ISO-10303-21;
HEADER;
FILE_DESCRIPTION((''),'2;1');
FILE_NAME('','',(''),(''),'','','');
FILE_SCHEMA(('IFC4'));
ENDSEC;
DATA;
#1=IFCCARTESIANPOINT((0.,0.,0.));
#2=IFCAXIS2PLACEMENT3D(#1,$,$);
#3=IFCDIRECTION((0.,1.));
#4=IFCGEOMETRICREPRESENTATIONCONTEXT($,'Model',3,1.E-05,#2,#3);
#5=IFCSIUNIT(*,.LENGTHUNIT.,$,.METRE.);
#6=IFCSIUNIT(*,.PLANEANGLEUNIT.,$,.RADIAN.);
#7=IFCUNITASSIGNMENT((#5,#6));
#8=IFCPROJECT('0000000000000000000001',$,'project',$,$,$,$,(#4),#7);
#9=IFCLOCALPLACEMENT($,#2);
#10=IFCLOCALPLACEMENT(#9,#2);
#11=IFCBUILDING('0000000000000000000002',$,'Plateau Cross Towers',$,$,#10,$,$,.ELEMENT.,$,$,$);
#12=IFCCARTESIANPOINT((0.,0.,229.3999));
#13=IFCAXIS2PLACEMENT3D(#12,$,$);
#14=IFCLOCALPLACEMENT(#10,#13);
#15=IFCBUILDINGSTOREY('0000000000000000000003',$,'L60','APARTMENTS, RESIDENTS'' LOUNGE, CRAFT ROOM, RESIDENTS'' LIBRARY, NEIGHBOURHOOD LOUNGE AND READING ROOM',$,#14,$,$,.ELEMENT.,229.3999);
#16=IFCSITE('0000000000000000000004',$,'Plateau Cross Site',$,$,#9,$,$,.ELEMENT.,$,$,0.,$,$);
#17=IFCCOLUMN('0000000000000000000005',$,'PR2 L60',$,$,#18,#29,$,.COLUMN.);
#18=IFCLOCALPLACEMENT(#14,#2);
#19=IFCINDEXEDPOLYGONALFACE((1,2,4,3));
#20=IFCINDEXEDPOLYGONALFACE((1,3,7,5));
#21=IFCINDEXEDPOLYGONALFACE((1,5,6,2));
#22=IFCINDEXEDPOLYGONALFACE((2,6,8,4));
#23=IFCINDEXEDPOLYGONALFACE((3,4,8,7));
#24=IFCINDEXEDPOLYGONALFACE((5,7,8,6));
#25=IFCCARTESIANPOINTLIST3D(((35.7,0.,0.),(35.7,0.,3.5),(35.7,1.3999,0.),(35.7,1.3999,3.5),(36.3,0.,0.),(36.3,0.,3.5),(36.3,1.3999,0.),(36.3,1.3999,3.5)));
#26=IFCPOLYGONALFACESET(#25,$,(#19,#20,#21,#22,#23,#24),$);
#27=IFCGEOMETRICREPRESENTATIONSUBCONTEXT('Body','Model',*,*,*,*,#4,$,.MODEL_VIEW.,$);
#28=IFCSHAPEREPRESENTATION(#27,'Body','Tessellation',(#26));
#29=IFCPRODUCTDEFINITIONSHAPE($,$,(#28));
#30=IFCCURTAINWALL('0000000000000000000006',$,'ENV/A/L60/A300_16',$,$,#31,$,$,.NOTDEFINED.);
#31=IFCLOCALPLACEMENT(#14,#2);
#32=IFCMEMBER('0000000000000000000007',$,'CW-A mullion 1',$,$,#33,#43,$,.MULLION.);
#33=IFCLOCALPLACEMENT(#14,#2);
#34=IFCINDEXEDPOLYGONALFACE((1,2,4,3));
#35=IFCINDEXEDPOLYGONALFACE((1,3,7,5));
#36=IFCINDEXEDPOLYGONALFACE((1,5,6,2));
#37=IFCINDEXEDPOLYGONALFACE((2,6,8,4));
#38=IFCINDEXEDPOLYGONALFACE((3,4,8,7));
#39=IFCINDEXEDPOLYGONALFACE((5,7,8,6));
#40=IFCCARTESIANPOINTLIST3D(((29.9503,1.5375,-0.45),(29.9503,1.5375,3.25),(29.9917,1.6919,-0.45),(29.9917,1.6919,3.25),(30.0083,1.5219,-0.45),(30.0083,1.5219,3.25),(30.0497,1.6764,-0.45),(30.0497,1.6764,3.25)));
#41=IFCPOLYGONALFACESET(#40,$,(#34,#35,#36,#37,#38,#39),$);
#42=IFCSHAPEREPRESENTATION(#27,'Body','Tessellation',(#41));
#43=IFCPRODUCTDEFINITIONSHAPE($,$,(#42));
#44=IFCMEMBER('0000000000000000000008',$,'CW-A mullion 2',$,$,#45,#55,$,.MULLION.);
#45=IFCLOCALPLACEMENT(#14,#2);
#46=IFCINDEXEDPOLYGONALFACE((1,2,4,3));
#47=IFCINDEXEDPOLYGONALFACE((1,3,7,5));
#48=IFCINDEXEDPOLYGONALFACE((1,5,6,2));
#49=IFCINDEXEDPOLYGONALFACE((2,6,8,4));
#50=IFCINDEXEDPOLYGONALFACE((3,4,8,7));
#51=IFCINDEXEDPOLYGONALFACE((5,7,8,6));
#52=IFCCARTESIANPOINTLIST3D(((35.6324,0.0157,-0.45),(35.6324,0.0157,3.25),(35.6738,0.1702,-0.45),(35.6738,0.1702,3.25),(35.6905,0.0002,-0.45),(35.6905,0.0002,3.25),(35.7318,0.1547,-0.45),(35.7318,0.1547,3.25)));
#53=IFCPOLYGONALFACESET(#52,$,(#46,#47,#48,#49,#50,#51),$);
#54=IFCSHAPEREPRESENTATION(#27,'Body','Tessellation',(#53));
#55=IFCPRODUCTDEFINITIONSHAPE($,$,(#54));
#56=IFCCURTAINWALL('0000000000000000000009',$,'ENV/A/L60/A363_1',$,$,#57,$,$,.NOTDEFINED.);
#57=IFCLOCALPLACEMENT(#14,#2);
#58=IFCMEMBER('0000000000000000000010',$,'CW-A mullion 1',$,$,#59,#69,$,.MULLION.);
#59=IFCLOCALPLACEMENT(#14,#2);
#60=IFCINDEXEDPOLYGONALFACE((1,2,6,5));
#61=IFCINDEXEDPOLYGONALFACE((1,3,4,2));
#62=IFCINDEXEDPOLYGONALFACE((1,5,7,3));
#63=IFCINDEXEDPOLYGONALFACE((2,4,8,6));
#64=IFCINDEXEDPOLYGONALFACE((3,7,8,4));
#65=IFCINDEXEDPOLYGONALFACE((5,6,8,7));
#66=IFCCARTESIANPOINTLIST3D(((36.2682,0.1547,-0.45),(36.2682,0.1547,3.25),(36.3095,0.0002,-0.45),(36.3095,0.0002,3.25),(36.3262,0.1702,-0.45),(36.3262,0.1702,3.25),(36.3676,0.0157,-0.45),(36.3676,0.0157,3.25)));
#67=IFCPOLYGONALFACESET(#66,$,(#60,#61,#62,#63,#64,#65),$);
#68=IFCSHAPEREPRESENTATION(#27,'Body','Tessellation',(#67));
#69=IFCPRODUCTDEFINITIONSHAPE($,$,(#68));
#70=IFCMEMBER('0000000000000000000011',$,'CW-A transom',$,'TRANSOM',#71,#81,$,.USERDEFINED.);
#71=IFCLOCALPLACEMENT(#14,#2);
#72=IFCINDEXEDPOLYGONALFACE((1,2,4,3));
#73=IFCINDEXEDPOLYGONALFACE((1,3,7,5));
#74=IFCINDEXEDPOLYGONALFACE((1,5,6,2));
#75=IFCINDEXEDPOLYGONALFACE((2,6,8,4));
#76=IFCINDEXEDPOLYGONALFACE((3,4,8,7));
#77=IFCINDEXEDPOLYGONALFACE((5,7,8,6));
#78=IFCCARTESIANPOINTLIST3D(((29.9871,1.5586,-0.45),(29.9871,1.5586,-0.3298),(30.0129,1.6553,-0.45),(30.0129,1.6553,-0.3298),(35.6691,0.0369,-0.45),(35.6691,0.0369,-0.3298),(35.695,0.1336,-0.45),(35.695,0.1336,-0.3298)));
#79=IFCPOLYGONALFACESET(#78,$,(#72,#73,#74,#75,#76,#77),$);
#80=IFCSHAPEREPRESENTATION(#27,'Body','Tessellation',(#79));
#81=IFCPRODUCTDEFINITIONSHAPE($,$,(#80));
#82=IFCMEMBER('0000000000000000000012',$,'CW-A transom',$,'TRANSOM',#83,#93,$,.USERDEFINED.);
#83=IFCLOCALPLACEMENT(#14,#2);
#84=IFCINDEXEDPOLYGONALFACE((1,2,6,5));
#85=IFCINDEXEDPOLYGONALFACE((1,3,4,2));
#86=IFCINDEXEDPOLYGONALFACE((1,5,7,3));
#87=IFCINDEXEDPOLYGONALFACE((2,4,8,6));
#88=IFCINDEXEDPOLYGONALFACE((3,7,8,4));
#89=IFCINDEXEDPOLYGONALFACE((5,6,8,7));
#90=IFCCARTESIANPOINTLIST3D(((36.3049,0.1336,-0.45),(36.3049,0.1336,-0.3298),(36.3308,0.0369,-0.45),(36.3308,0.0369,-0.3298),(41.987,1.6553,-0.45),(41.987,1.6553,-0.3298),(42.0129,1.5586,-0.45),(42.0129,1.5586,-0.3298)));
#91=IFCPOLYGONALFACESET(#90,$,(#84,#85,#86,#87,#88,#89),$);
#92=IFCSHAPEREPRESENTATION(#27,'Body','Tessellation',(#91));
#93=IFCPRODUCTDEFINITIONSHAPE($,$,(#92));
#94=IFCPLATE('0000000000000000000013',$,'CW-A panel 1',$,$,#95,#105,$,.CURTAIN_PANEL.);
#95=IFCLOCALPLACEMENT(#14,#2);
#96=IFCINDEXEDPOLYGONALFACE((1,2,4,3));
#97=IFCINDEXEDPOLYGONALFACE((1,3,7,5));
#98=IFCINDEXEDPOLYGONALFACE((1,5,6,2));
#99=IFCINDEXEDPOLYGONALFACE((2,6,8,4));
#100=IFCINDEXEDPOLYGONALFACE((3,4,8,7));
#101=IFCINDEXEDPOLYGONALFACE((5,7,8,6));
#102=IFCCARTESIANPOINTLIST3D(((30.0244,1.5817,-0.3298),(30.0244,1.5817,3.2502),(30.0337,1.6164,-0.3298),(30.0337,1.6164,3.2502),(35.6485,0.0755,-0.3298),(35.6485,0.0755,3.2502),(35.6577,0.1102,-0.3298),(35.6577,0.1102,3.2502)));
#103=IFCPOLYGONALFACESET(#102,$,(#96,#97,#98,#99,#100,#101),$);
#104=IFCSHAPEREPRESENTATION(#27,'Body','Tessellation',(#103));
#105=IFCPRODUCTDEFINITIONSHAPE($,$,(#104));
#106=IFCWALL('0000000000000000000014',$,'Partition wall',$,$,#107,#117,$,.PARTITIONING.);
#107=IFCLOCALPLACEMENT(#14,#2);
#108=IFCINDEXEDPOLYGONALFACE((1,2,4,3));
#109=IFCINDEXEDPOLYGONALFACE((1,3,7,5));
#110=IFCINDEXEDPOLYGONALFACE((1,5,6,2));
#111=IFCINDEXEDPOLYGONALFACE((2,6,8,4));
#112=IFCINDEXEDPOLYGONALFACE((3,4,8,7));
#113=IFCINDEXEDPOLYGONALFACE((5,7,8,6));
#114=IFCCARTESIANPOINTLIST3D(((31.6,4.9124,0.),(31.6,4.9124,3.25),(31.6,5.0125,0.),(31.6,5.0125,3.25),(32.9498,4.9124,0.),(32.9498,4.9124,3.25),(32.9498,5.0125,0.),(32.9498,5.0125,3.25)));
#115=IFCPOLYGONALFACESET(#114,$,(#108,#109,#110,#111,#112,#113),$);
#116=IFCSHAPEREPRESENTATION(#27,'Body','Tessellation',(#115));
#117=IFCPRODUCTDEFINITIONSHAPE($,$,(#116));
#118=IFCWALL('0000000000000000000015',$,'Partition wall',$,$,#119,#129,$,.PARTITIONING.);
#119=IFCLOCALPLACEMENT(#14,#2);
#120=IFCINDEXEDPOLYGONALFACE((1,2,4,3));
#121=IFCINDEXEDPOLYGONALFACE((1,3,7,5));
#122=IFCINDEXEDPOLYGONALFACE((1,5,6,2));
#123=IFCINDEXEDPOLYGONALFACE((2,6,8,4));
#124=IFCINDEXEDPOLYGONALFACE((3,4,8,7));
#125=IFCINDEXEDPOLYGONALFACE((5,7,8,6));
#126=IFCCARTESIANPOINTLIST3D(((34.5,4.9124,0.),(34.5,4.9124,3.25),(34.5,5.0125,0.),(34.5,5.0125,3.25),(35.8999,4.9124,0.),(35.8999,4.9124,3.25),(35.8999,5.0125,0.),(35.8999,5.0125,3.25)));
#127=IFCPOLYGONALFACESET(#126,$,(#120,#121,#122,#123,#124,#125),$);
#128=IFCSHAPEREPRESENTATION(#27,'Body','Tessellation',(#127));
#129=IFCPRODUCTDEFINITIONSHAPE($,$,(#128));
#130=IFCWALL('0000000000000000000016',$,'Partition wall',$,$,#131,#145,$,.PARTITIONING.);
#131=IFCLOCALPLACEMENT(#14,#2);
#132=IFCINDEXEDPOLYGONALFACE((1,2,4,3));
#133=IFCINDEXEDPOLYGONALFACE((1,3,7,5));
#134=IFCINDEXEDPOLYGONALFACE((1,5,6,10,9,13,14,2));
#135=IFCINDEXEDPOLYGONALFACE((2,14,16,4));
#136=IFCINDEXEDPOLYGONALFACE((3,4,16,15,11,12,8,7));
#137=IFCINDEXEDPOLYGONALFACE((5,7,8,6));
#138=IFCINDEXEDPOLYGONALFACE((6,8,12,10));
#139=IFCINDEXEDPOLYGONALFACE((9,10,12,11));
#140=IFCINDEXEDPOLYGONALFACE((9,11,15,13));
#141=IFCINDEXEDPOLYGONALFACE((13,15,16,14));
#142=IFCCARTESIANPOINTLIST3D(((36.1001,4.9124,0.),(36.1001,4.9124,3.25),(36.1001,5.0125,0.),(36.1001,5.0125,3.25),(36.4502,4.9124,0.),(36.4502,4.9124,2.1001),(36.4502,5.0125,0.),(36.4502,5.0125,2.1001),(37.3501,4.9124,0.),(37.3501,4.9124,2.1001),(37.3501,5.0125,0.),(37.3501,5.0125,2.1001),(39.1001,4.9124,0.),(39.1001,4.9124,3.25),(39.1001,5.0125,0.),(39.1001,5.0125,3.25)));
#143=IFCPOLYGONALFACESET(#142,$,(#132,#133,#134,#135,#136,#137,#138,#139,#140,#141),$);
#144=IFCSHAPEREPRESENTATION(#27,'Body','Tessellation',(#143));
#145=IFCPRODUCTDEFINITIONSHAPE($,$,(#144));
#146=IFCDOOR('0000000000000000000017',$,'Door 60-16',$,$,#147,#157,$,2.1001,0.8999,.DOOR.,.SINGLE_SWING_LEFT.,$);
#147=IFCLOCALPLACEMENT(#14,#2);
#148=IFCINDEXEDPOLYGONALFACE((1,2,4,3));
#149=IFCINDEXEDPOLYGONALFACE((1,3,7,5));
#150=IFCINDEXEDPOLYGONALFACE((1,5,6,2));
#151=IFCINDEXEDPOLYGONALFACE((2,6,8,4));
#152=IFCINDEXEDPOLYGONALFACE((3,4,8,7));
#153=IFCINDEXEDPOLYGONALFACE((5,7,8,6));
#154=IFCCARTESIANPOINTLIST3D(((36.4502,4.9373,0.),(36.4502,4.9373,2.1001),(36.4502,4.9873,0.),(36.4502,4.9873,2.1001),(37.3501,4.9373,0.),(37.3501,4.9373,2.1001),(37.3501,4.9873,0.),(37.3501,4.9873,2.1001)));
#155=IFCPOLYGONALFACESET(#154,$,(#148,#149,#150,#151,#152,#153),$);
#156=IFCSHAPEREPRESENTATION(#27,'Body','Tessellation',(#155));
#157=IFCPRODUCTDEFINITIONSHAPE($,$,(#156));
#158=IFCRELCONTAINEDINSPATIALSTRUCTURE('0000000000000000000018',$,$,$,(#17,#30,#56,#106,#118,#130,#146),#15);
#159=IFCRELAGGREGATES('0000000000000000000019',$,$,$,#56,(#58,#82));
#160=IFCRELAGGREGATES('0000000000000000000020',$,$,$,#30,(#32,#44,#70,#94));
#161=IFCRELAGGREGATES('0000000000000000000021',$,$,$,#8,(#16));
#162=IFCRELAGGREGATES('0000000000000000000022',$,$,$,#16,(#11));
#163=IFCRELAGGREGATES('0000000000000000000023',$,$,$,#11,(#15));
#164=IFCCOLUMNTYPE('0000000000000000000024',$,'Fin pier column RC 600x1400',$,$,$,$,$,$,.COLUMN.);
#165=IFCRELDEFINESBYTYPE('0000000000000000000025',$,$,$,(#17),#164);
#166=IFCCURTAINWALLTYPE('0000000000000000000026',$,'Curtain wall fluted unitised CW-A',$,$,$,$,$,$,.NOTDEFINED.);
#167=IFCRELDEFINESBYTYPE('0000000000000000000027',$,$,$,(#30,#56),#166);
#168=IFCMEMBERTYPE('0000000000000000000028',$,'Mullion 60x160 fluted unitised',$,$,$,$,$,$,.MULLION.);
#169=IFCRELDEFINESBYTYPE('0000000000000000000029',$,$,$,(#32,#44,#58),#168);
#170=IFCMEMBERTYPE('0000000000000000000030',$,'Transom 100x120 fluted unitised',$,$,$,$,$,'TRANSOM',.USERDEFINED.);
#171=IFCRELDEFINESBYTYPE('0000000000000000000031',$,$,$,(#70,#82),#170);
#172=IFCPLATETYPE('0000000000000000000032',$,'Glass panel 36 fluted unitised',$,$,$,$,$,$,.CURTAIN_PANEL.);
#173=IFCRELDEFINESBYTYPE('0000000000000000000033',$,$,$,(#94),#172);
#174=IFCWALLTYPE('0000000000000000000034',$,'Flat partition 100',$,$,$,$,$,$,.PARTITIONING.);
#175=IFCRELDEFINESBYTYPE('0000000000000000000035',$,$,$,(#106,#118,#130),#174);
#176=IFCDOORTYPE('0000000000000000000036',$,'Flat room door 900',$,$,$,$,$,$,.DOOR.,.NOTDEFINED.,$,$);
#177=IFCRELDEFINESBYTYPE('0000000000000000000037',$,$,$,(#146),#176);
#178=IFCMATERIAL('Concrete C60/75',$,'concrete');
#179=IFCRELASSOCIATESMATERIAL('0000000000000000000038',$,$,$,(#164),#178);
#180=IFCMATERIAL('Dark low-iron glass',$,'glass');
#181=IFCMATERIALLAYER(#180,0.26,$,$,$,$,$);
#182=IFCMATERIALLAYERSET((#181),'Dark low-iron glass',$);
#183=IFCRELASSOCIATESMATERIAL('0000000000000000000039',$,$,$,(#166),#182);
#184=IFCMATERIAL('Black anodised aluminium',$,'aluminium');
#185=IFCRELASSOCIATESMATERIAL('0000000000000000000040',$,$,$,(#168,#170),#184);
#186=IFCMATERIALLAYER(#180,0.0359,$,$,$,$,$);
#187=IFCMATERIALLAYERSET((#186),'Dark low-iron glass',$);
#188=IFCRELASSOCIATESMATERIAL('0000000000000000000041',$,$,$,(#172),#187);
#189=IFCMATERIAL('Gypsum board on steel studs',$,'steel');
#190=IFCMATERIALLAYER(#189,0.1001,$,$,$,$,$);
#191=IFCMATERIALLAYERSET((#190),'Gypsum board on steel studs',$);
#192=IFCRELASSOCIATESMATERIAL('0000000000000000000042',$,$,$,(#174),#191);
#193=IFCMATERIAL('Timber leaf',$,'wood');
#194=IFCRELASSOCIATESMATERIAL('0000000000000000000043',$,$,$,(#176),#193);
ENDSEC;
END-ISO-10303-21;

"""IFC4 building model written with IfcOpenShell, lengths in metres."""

from ifc_helpers import new_model, si_unit, direction, frame, frame_2d, origin, origin_2d, place, context, subcontext, project, spatial, rectangle, extrude, material, layer, layer_set, material_profile, profile_set, type_object, element, fill, aggregate, save


model = new_model("IFC4")

# Units and contexts
model_context = context("Model", 3, precision=1e-05, world=origin(), true_north=direction((0.0, 1.0)))
body_context = subcontext(model_context, "Body", "Model", "MODEL_VIEW")
ifc_project = project(units=[si_unit("LENGTHUNIT", "METRE"), si_unit("PLANEANGLEUNIT", "RADIAN")], contexts=[model_context])

# Site, building, storey
site_placement = place(None, origin())
site = spatial("IfcSite", under=ifc_project, at=site_placement, Name="Plateau Cross Site", CompositionType="ELEMENT", RefElevation=0.0)
building_placement = place(site_placement, origin())
building = spatial("IfcBuilding", under=site, at=building_placement, Name="Plateau Cross Towers", CompositionType="ELEMENT")
storey_placement = place(building_placement, frame((0.0, 0.0, 229.3999)))
storey = spatial("IfcBuildingStorey", under=building, at=storey_placement, Name="L60", Description="APARTMENTS, RESIDENTS' LOUNGE, CRAFT ROOM, RESIDENTS' LIBRARY, NEIGHBOURHOOD LOUNGE AND READING ROOM", CompositionType="ELEMENT", Elevation=229.3999)

# Column
ifc_material_1 = material(Name="Concrete C60/75", Category="concrete")
ifc_material_profile_1 = material_profile(ifc_material_1, rectangle(XDim=0.6001, YDim=1.3999, at=origin_2d()), Name="RC 600x1400")
ifc_profile_set_1 = profile_set([ifc_material_profile_1], Name="Concrete C60/75")
column_type = type_object("IfcColumnType", Name="Fin pier column RC 600x1400", PredefinedType="COLUMN", material=ifc_profile_set_1)
column_placement = place(storey_placement, frame((36.0, 0.7, 0.0), z_axis=(0.0, 0.0, 1.0), x_axis=(1.0, 0.0, 0.0)))
element("IfcColumn", 1, at=column_placement, inside=storey, type_object=column_type, Name="PR2 L60", PredefinedType="COLUMN", context=body_context, shape_type="SweptSolid", body=[
    extrude(rectangle(XDim=0.6001, YDim=1.3999, at=origin_2d()), origin(), (0.0, 0.0, 1.0), 3.5),
])

# Curtain wall, members
ifc_material_2 = material(Name="Dark low-iron glass", Category="glass")
ifc_layer_1 = layer(ifc_material_2, 0.26)
ifc_layer_set_1 = layer_set([ifc_layer_1], Name="Dark low-iron glass")
curtain_wall_type = type_object("IfcCurtainWallType", Name="Curtain wall fluted unitised CW-A", PredefinedType="NOTDEFINED", material=ifc_layer_set_1)
curtain_wall_1_placement = place(storey_placement, origin())
curtain_wall_1 = element("IfcCurtainWall", 2, at=curtain_wall_1_placement, inside=storey, type_object=curtain_wall_type, Name="ENV/A/L60/A300_16", PredefinedType="NOTDEFINED")
ifc_material_3 = material(Name="Black anodised aluminium", Category="aluminium")
ifc_material_profile_2 = material_profile(ifc_material_3, rectangle(XDim=0.0601, YDim=0.1599, at=origin_2d()), Name="MULLION 60x160")
ifc_profile_set_2 = profile_set([ifc_material_profile_2], Name="Black anodised aluminium")
member_type_1 = type_object("IfcMemberType", Name="Mullion 60x160 fluted unitised", PredefinedType="MULLION", material=ifc_profile_set_2)
member_1_placement = place(storey_placement, frame((30.0, 1.6069, -0.45), z_axis=(0.0, 0.0, 1.0), x_axis=(0.965958, -0.258699, 0.0)))
member_1 = element("IfcMember", 3, at=member_1_placement, type_object=member_type_1, Name="CW-A mullion 1", PredefinedType="MULLION", context=body_context, shape_type="SweptSolid", body=[
    extrude(rectangle(XDim=0.0601, YDim=0.1599, at=origin_2d()), origin(), (0.0, 0.0, 1.0), 3.7),
])
member_2_placement = place(storey_placement, frame((35.6821, 0.0852, -0.45), z_axis=(0.0, 0.0, 1.0), x_axis=(0.965958, -0.258699, 0.0)))
member_2 = element("IfcMember", 4, at=member_2_placement, type_object=member_type_1, Name="CW-A mullion 2", PredefinedType="MULLION", context=body_context, shape_type="SweptSolid", body=[
    extrude(rectangle(XDim=0.0601, YDim=0.1599, at=origin_2d()), origin(), (0.0, 0.0, 1.0), 3.7),
])

# Curtain wall, member
curtain_wall_2_placement = place(storey_placement, origin())
curtain_wall_2 = element("IfcCurtainWall", 5, at=curtain_wall_2_placement, inside=storey, type_object=curtain_wall_type, Name="ENV/A/L60/A363_1", PredefinedType="NOTDEFINED")
member_3_placement = place(storey_placement, frame((36.3179, 0.0852, -0.45), z_axis=(0.0, 0.0, 1.0), x_axis=(0.965958, 0.258699, 0.0)))
member_3 = element("IfcMember", 6, at=member_3_placement, type_object=member_type_1, Name="CW-A mullion 1", PredefinedType="MULLION", context=body_context, shape_type="SweptSolid", body=[
    extrude(rectangle(XDim=0.0601, YDim=0.1599, at=origin_2d()), origin(), (0.0, 0.0, 1.0), 3.7),
])

# Members
ifc_material_profile_3 = material_profile(ifc_material_3, rectangle(XDim=0.1001, YDim=0.1201, at=origin_2d()), Name="TRANSOM 100x120")
ifc_profile_set_3 = profile_set([ifc_material_profile_3], Name="Black anodised aluminium")
member_type_2 = type_object("IfcMemberType", Name="Transom 100x120 fluted unitised", ElementType="TRANSOM", PredefinedType="USERDEFINED", material=ifc_profile_set_3)
member_4_placement = place(storey_placement, frame((30.0, 1.6069, -0.3899), z_axis=(0.96596, -0.258693, 0.0), x_axis=(0.258693, 0.96596, 0.0)))
member_4 = element("IfcMember", 7, at=member_4_placement, type_object=member_type_2, Name="CW-A transom", ObjectType="TRANSOM", PredefinedType="USERDEFINED", context=body_context, shape_type="SweptSolid", body=[
    extrude(rectangle(XDim=0.1001, YDim=0.1201, at=origin_2d()), origin(), (0.0, 0.0, 1.0), 5.8823),
])
member_5_placement = place(storey_placement, frame((36.3179, 0.0852, -0.3899), z_axis=(0.96596, 0.258693, 0.0), x_axis=(-0.258693, 0.96596, 0.0)))
member_5 = element("IfcMember", 8, at=member_5_placement, type_object=member_type_2, Name="CW-A transom", ObjectType="TRANSOM", PredefinedType="USERDEFINED", context=body_context, shape_type="SweptSolid", body=[
    extrude(rectangle(XDim=0.1001, YDim=0.1201, at=origin_2d()), origin(), (0.0, 0.0, 1.0), 5.8823),
])
aggregate(curtain_wall_2, [member_3, member_5])

# Plate
ifc_layer_2 = layer(ifc_material_2, 0.0359)
ifc_layer_set_2 = layer_set([ifc_layer_2], Name="Dark low-iron glass")
plate_type = type_object("IfcPlateType", Name="Glass panel 36 fluted unitised", PredefinedType="CURTAIN_PANEL", material=ifc_layer_set_2)
plate_placement = place(storey_placement, frame((32.8411, 0.8459, -0.3298), z_axis=(0.0, 0.0, 1.0), x_axis=(0.965958, -0.258699, 0.0)))
plate = element("IfcPlate", 9, at=plate_placement, type_object=plate_type, Name="CW-A panel 1", PredefinedType="CURTAIN_PANEL", context=body_context, shape_type="SweptSolid", body=[
    extrude(rectangle(XDim=5.8223, YDim=0.0359, at=origin_2d()), origin(), (0.0, 0.0, 1.0), 3.5801),
])
aggregate(curtain_wall_1, [member_1, member_2, member_4, plate])

# Walls
ifc_material_4 = material(Name="Gypsum board on steel studs", Category="steel")
ifc_layer_3 = layer(ifc_material_4, 0.1001)
ifc_layer_set_3 = layer_set([ifc_layer_3], Name="Gypsum board on steel studs")
wall_type_1 = type_object("IfcWallType", Name="Flat partition 100", PredefinedType="PARTITIONING", material=ifc_layer_set_3)
wall_1_placement = place(storey_placement, frame((31.6001, 4.9624, 0.0), z_axis=(0.0, 0.0, 1.0), x_axis=(1.0, 0.0, 0.0)))
element("IfcWall", 10, at=wall_1_placement, inside=storey, type_object=wall_type_1, Name="Partition wall", PredefinedType="PARTITIONING", context=body_context, shape_type="SweptSolid", body=[
    extrude(rectangle(XDim=1.3499, YDim=0.1001, at=frame_2d((0.6748, 0.0))), origin(), (0.0, 0.0, 1.0), 3.25),
])
wall_2_placement = place(storey_placement, frame((34.5, 4.9624, 0.0), z_axis=(0.0, 0.0, 1.0), x_axis=(1.0, 0.0, 0.0)))
element("IfcWall", 11, at=wall_2_placement, inside=storey, type_object=wall_type_1, Name="Partition wall", PredefinedType="PARTITIONING", context=body_context, shape_type="SweptSolid", body=[
    extrude(rectangle(XDim=1.3999, YDim=0.1001, at=frame_2d((0.7, 0.0))), origin(), (0.0, 0.0, 1.0), 3.25),
])

# Wall, opening, door
wall_3_placement = place(storey_placement, frame((36.1001, 4.9624, 0.0), z_axis=(0.0, 0.0, 1.0), x_axis=(1.0, 0.0, 0.0)))
wall_3 = element("IfcWall", 12, at=wall_3_placement, inside=storey, type_object=wall_type_1, Name="Partition wall", PredefinedType="PARTITIONING", context=body_context, shape_type="SweptSolid", body=[
    extrude(rectangle(XDim=3.0, YDim=0.1001, at=frame_2d((1.5, 0.0))), origin(), (0.0, 0.0, 1.0), 3.25),
])
opening_1_placement = place(wall_3_placement, frame((0.3501, 0.0, 0.0)))
opening_1 = element("IfcOpeningElement", 13, at=opening_1_placement, cuts=wall_3, PredefinedType="OPENING", context=body_context, shape_type="SweptSolid", body=[
    extrude(rectangle(XDim=0.8999, YDim=2.1001, at=frame_2d((0.45, 1.05))), frame((0.0, 0.0601, 0.0), z_axis=(0.0, -1.0, 0.0), x_axis=(1.0, 0.0, 0.0)), (0.0, 0.0, 1.0), 0.1201),
])
ifc_material_5 = material(Name="Timber leaf", Category="wood")
door_type_1 = type_object("IfcDoorType", Name="Flat room door 900", OperationType="NOTDEFINED", PredefinedType="DOOR", material=ifc_material_5)
door_1_placement = place(opening_1_placement, origin())
door_1 = element("IfcDoor", 14, at=door_1_placement, inside=storey, type_object=door_type_1, Name="Door 60-16", OperationType="SINGLE_SWING_LEFT", OverallHeight=2.1001, OverallWidth=0.8999, PredefinedType="DOOR", context=body_context, shape_type="SweptSolid", body=[
    extrude(rectangle(XDim=0.8999, YDim=2.1001, at=frame_2d((0.45, 1.05))), frame((0.0, 0.0249, 0.0), z_axis=(0.0, -1.0, 0.0), x_axis=(1.0, 0.0, 0.0)), (0.0, 0.0, 1.0), 0.05),
])
fill(opening_1, door_1)

save(model, "model.ifc")
